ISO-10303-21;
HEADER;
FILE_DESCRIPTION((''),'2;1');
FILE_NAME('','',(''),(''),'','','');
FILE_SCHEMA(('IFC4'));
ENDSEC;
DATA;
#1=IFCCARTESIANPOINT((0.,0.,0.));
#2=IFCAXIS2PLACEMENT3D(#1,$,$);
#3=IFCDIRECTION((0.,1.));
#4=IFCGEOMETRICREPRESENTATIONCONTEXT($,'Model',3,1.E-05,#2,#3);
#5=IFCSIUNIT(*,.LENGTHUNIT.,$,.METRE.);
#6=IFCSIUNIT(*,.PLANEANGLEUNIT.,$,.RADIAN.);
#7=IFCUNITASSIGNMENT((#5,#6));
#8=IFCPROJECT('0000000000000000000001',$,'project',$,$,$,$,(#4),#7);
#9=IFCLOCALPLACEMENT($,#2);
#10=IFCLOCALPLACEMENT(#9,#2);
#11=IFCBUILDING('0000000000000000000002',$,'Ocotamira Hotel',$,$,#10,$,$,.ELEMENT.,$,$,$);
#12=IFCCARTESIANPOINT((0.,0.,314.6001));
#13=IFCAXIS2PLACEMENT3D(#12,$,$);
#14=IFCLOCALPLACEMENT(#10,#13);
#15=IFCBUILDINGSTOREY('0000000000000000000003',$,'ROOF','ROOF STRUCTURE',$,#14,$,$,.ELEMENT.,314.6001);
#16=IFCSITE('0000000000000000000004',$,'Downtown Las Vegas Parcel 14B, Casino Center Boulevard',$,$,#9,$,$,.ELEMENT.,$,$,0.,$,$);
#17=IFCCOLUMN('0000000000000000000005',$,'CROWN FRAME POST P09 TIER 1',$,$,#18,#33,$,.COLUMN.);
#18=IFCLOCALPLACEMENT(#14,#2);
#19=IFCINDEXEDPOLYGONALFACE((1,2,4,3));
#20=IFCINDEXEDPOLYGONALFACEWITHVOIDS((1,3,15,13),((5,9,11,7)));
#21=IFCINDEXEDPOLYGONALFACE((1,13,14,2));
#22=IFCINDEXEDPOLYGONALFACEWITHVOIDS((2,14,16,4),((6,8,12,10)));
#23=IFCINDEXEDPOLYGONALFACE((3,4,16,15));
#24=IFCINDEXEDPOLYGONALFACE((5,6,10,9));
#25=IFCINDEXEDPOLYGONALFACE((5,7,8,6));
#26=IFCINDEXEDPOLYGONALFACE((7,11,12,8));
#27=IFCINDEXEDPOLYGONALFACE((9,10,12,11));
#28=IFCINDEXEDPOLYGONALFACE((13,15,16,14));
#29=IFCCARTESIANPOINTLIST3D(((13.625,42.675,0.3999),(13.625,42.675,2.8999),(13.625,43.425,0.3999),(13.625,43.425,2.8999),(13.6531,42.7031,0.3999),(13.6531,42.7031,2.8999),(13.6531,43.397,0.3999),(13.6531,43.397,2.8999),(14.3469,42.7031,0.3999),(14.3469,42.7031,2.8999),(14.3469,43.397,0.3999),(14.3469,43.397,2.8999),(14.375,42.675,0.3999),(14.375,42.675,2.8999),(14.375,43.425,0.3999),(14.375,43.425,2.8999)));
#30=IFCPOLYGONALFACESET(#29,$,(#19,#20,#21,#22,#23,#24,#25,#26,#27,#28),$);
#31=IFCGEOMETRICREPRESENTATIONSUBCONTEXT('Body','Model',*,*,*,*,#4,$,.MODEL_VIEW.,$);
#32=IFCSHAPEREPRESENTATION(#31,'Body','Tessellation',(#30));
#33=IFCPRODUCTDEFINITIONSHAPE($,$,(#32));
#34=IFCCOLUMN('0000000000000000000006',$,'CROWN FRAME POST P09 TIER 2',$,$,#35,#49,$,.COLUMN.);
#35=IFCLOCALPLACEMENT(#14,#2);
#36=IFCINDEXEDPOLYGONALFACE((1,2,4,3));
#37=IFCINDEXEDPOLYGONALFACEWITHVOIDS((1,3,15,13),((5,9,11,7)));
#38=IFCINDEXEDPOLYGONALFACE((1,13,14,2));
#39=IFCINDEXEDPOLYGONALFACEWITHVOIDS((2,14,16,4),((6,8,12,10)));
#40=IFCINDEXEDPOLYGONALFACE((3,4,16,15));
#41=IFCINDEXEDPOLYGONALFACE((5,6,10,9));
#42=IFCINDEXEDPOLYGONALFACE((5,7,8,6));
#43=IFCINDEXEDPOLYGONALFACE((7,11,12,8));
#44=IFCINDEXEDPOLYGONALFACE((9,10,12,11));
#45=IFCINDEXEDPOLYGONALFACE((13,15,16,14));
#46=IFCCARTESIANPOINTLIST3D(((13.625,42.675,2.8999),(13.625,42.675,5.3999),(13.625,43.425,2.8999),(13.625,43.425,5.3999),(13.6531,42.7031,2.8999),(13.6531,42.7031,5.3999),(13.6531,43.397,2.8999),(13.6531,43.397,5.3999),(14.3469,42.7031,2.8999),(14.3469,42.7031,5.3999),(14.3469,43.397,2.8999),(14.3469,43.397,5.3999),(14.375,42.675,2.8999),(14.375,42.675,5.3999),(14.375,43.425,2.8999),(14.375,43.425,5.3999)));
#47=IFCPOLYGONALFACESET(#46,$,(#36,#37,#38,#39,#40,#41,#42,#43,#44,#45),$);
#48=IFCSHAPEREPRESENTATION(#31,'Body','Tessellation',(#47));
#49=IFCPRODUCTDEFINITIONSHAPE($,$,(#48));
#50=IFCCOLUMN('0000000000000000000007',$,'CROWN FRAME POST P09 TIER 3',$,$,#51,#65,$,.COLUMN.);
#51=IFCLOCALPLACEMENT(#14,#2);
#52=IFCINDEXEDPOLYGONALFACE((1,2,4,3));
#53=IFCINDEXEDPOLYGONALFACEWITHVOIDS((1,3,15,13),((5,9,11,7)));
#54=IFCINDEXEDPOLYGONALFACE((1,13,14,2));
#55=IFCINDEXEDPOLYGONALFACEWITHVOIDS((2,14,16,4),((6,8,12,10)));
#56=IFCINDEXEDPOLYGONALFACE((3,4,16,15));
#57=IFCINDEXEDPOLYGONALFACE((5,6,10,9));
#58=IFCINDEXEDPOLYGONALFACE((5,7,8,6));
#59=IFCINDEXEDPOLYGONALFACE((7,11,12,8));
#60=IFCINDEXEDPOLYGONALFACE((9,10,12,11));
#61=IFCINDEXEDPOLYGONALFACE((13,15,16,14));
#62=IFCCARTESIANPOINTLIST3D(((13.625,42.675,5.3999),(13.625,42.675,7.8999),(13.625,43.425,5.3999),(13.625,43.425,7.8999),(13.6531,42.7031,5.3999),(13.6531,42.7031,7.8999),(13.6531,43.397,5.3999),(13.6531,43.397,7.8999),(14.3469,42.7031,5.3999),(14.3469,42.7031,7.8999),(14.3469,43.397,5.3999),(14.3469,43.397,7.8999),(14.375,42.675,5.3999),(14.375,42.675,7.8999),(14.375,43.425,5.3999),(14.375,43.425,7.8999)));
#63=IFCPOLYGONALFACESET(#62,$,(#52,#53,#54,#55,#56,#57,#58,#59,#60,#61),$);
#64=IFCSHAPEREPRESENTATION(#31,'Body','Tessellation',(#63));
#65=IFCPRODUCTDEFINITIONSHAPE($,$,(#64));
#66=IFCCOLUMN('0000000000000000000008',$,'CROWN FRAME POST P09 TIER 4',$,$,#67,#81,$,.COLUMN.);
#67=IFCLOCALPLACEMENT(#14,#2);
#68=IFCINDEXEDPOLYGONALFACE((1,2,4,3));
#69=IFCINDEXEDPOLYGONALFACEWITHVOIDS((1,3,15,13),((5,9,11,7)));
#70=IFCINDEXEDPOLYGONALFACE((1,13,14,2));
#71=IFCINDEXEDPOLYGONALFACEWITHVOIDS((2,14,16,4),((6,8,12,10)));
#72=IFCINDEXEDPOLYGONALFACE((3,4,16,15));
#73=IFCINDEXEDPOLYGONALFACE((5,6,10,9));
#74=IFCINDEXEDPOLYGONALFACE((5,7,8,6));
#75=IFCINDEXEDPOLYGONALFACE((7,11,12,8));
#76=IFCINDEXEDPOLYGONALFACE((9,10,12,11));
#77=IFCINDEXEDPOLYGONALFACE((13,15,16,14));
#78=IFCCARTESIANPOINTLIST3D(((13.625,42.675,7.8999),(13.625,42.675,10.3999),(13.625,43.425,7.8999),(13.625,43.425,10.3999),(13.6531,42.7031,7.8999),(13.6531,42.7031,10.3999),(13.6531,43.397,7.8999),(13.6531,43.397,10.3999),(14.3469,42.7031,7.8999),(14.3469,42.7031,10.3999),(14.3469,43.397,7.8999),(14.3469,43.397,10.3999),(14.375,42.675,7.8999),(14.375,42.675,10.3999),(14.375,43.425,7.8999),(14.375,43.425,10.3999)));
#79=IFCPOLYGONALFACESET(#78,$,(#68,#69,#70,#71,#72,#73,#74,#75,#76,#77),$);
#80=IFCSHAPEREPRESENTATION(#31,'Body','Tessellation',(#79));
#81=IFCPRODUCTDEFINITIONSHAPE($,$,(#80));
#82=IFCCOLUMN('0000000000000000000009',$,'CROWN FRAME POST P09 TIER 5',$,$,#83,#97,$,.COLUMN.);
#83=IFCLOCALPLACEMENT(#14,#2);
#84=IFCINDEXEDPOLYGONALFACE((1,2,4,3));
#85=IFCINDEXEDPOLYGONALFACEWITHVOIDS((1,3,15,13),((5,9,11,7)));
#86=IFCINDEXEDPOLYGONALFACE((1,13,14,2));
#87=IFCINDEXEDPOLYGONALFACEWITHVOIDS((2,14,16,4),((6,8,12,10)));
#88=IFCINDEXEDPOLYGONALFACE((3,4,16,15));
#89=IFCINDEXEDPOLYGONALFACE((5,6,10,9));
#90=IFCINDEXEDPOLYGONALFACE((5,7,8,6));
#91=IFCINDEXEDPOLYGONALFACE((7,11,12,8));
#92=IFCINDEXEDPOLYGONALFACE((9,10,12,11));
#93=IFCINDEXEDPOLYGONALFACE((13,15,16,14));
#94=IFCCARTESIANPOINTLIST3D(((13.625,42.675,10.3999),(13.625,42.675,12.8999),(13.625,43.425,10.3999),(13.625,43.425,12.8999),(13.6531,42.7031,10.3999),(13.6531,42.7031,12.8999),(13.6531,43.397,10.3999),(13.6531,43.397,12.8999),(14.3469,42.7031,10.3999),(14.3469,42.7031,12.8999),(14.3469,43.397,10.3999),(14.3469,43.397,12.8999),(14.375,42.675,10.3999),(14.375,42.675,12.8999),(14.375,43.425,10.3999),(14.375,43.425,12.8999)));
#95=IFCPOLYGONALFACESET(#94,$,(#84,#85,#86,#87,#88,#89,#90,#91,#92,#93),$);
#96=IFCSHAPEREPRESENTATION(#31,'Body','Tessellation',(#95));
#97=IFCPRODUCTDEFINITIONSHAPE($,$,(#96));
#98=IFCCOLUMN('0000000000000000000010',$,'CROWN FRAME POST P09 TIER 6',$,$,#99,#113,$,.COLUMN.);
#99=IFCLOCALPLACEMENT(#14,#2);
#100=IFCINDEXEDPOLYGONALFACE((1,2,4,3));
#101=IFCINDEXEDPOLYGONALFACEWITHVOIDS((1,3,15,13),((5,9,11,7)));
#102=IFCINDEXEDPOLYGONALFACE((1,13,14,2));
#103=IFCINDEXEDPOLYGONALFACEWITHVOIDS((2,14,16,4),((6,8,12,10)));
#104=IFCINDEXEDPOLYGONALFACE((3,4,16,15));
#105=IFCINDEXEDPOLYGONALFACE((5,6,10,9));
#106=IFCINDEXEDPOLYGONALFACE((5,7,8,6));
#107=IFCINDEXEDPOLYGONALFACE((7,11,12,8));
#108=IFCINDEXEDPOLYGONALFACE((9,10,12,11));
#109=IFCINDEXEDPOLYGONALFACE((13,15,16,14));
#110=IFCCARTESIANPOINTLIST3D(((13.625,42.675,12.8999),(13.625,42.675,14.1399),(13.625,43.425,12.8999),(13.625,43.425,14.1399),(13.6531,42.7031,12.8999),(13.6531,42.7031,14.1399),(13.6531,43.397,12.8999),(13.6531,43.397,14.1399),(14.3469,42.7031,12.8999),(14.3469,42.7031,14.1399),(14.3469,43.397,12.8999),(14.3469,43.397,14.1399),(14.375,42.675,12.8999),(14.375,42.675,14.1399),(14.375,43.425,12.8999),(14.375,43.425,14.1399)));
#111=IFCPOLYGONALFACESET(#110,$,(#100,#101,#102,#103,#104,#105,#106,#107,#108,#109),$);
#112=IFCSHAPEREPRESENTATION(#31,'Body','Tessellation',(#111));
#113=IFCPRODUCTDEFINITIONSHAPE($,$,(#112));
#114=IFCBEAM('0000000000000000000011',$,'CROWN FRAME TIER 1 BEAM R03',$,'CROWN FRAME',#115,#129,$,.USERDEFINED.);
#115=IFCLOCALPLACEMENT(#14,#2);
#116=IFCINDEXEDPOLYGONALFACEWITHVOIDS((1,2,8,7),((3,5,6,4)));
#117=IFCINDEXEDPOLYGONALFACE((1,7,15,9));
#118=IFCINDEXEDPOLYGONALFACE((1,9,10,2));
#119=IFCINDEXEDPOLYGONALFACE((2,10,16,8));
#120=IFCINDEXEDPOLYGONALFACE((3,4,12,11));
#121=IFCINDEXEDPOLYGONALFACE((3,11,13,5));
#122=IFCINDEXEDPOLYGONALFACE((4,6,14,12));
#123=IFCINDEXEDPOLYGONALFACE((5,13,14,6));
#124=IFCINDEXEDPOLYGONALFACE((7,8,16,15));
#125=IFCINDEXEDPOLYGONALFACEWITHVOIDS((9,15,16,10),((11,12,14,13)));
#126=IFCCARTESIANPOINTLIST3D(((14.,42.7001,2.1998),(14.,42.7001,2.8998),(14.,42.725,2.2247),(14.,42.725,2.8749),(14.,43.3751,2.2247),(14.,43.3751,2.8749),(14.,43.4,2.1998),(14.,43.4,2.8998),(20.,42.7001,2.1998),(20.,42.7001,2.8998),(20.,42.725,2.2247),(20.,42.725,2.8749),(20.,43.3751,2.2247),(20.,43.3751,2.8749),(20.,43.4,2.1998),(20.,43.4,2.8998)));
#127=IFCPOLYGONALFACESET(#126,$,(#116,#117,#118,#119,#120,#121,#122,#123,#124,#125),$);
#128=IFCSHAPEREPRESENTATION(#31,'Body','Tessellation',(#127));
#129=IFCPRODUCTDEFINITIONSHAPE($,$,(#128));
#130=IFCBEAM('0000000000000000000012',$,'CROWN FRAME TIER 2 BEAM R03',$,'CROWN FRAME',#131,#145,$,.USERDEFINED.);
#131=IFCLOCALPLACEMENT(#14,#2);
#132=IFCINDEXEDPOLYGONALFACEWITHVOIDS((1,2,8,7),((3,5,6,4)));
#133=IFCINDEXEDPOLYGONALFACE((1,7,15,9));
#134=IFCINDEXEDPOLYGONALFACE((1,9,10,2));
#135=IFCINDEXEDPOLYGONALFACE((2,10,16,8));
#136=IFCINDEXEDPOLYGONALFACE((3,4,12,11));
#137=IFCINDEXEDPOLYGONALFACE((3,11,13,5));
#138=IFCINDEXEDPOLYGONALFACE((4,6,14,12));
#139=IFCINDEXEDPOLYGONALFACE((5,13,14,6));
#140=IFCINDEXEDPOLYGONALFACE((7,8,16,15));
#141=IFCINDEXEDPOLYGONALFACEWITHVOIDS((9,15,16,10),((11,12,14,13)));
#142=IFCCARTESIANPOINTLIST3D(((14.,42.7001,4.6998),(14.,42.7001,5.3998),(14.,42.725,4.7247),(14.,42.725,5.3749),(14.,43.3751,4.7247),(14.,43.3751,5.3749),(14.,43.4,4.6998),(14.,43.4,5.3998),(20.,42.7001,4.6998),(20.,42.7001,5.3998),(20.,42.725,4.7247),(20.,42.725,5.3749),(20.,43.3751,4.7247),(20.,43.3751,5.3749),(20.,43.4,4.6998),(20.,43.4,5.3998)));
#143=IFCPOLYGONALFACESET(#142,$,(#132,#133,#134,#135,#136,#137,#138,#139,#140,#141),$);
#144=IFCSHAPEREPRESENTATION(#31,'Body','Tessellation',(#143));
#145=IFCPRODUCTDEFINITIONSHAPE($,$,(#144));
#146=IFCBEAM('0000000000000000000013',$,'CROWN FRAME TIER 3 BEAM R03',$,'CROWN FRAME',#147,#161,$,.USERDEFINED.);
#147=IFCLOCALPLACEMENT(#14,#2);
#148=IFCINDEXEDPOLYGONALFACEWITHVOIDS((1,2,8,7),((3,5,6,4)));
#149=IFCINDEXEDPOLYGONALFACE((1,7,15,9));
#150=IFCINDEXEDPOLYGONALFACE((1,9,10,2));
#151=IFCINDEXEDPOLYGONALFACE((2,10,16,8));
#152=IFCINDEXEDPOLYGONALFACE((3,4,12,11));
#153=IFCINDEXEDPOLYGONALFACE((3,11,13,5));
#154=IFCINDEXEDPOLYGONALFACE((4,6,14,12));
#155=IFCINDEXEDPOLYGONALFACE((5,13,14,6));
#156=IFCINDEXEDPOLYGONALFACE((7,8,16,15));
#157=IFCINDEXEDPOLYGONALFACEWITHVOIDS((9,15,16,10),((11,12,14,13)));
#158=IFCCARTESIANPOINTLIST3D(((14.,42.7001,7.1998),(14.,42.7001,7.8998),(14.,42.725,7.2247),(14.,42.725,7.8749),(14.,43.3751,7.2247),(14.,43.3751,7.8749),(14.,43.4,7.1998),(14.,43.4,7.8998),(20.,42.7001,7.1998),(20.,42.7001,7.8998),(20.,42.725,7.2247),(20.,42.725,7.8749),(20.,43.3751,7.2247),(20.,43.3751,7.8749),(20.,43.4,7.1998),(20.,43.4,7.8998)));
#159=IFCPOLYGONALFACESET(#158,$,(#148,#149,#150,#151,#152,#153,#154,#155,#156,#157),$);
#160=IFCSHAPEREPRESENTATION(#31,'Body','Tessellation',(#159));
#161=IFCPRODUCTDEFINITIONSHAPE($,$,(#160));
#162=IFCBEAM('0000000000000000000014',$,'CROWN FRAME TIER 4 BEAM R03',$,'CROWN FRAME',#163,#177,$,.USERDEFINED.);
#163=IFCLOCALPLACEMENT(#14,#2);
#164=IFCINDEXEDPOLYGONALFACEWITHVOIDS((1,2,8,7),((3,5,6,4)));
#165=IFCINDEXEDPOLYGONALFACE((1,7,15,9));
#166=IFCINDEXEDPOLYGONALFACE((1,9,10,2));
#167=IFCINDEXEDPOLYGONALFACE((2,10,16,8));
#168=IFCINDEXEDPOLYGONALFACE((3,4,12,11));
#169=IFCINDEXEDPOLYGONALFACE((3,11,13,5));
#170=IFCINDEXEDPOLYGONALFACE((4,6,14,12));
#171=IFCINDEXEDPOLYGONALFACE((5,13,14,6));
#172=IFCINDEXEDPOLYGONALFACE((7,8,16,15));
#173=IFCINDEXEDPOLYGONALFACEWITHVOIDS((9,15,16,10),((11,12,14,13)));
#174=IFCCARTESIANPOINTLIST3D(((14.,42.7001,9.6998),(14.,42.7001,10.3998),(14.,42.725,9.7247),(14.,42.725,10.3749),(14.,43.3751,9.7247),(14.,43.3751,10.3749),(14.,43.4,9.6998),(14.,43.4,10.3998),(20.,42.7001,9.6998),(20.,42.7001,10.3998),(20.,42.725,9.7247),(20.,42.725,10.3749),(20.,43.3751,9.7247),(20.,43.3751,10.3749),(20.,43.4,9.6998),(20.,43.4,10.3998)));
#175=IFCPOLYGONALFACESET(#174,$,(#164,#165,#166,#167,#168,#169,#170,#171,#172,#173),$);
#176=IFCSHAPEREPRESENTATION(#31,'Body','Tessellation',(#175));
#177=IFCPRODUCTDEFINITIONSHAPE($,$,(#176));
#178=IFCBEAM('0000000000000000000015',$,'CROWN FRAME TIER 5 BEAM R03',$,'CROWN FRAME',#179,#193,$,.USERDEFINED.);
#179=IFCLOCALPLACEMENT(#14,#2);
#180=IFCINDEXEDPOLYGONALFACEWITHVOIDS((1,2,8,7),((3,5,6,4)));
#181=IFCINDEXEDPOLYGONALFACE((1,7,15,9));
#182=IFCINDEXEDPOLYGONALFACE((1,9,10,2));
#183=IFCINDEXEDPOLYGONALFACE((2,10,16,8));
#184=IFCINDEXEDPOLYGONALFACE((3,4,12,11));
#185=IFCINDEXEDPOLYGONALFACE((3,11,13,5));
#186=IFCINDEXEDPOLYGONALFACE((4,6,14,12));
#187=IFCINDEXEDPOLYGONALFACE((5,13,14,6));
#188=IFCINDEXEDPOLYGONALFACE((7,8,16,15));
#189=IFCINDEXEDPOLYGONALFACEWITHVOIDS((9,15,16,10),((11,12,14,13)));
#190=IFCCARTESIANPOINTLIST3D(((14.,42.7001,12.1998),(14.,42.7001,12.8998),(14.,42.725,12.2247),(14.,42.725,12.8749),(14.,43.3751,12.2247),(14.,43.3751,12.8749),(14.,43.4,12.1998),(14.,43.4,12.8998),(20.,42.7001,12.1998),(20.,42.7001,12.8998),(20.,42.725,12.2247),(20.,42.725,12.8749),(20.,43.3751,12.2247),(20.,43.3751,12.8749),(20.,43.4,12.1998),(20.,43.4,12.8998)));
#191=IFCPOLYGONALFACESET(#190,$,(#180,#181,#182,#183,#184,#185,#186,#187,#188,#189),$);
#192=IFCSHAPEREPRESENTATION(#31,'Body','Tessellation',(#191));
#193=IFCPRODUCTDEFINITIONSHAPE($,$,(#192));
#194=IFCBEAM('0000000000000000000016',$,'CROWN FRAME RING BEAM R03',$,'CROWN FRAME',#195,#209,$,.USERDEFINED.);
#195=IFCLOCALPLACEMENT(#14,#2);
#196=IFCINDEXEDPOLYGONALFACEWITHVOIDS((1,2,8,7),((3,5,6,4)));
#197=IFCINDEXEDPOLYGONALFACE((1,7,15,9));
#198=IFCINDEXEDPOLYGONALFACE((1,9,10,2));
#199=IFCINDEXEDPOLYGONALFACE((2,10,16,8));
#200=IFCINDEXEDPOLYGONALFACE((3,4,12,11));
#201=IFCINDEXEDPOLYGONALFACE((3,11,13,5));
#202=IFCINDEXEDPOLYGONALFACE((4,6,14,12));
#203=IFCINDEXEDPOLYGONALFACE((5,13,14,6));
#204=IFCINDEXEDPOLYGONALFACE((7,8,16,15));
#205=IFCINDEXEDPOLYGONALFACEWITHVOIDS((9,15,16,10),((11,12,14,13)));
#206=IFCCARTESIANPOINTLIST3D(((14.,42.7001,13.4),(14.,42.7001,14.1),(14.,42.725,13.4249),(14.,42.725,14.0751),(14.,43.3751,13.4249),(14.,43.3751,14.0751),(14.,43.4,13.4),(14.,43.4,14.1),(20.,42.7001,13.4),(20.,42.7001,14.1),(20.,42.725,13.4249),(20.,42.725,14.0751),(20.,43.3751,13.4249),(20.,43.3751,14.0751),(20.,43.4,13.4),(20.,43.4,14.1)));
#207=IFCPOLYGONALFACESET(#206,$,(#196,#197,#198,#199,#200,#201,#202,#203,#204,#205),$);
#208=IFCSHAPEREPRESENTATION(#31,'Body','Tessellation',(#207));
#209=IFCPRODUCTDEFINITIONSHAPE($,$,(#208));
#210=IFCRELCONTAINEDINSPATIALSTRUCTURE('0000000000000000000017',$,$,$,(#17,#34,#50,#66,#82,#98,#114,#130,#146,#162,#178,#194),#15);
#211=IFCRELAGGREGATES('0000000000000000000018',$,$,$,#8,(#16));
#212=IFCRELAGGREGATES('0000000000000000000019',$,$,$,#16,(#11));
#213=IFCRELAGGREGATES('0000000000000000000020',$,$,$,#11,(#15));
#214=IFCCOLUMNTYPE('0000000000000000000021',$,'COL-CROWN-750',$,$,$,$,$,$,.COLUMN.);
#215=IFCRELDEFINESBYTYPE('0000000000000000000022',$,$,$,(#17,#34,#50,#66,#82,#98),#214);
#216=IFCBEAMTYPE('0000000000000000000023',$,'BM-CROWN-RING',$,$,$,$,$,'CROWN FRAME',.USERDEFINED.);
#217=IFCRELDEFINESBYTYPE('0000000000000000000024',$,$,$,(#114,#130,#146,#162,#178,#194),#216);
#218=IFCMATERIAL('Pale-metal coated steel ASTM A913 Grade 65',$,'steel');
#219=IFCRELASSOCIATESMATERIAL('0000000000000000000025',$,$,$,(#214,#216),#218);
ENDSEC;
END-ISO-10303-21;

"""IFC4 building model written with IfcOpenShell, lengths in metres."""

from ifc_helpers import new_model, si_unit, direction, frame, origin, origin_2d, place, context, subcontext, project, spatial, hollow_rectangle, extrude, source, transform, mapped, material, material_profile, profile_set, type_object, element, save


model = new_model("IFC4")

# Units and contexts
model_context = context("Model", 3, precision=1e-05, world=origin(), true_north=direction((0.0, 1.0)))
body_context = subcontext(model_context, "Body", "Model", "MODEL_VIEW")
ifc_project = project(units=[si_unit("LENGTHUNIT", "METRE"), si_unit("PLANEANGLEUNIT", "RADIAN")], contexts=[model_context])

# Site, building, storey
site_placement = place(None, origin())
site = spatial("IfcSite", under=ifc_project, at=site_placement, Name="Downtown Las Vegas Parcel 14B, Casino Center Boulevard", CompositionType="ELEMENT", RefElevation=0.0)
building_placement = place(site_placement, origin())
building = spatial("IfcBuilding", under=site, at=building_placement, Name="Ocotamira Hotel", CompositionType="ELEMENT")
storey_placement = place(building_placement, frame((0.0, 0.0, 314.6001)))
storey = spatial("IfcBuildingStorey", under=building, at=storey_placement, Name="ROOF", Description="ROOF STRUCTURE", CompositionType="ELEMENT", Elevation=314.6001)

# Columns
ifc_material_1 = material(Name="Pale-metal coated steel ASTM A913 Grade 65", Category="steel")
ifc_material_profile_1 = material_profile(ifc_material_1, hollow_rectangle(XDim=0.75, YDim=0.75, WallThickness=0.0281, at=origin_2d()), Name="BOX750X750X28")
ifc_profile_set_1 = profile_set([ifc_material_profile_1], Name="Pale-metal coated steel ASTM A913 Grade 65")
column_type = type_object("IfcColumnType", Name="COL-CROWN-750", PredefinedType="COLUMN", material=ifc_profile_set_1)
shared_shape_1 = source(origin(), body_context, "Body", "SweptSolid", [
    extrude(hollow_rectangle(XDim=0.75, YDim=0.75, WallThickness=0.0281, at=origin_2d()), origin(), (0.0, 0.0, 1.0), 2.5),
])
for number, where, z_axis, x_axis, name in (
    (1, (14.0, 43.05, 0.3999), (0.0, 0.0, 1.0), (1.0, 0.0, 0.0), "CROWN FRAME POST P09 TIER 1"),
    (2, (14.0, 43.05, 2.8999), (0.0, 0.0, 1.0), (1.0, 0.0, 0.0), "CROWN FRAME POST P09 TIER 2"),
    (3, (14.0, 43.05, 5.3999), (0.0, 0.0, 1.0), (1.0, 0.0, 0.0), "CROWN FRAME POST P09 TIER 3"),
    (4, (14.0, 43.05, 7.8999), (0.0, 0.0, 1.0), (1.0, 0.0, 0.0), "CROWN FRAME POST P09 TIER 4"),
    (5, (14.0, 43.05, 10.3999), (0.0, 0.0, 1.0), (1.0, 0.0, 0.0), "CROWN FRAME POST P09 TIER 5"),
):
    element("IfcColumn", number, at=place(storey_placement, frame(where, z_axis=z_axis, x_axis=x_axis)), inside=storey, type_object=column_type, Name=name, PredefinedType="COLUMN", context=body_context, shape_type="MappedRepresentation", body=[
        mapped(shared_shape_1, transform((0.0, 0.0, 0.0), scale=1.0)),
    ])
shared_shape_2 = source(origin(), body_context, "Body", "SweptSolid", [
    extrude(hollow_rectangle(XDim=0.75, YDim=0.75, WallThickness=0.0281, at=origin_2d()), origin(), (0.0, 0.0, 1.0), 1.24),
])
column_placement = place(storey_placement, frame((14.0, 43.05, 12.8999), z_axis=(0.0, 0.0, 1.0), x_axis=(1.0, 0.0, 0.0)))
element("IfcColumn", 6, at=column_placement, inside=storey, type_object=column_type, Name="CROWN FRAME POST P09 TIER 6", PredefinedType="COLUMN", context=body_context, shape_type="MappedRepresentation", body=[
    mapped(shared_shape_2, transform((0.0, 0.0, 0.0), scale=1.0)),
])

# Beams
ifc_material_profile_2 = material_profile(ifc_material_1, hollow_rectangle(XDim=0.7, YDim=0.7, WallThickness=0.0249, at=origin_2d()), Name="BOX700X700X25")
ifc_profile_set_2 = profile_set([ifc_material_profile_2], Name="Pale-metal coated steel ASTM A913 Grade 65")
beam_type = type_object("IfcBeamType", Name="BM-CROWN-RING", ElementType="CROWN FRAME", PredefinedType="USERDEFINED", material=ifc_profile_set_2)
shared_shape_3 = source(origin(), body_context, "Body", "SweptSolid", [
    extrude(hollow_rectangle(XDim=0.7, YDim=0.7, WallThickness=0.0249, at=origin_2d()), origin(), (0.0, 0.0, 1.0), 6.0),
])
for number, where, z_axis, x_axis, name in (
    (7, (14.0, 43.05, 2.5498), (1.0, 0.0, 0.0), (0.0, 1.0, 0.0), "CROWN FRAME TIER 1 BEAM R03"),
    (8, (14.0, 43.05, 5.0498), (1.0, 0.0, 0.0), (0.0, 1.0, 0.0), "CROWN FRAME TIER 2 BEAM R03"),
    (9, (14.0, 43.05, 7.5498), (1.0, 0.0, 0.0), (0.0, 1.0, 0.0), "CROWN FRAME TIER 3 BEAM R03"),
    (10, (14.0, 43.05, 10.0498), (1.0, 0.0, 0.0), (0.0, 1.0, 0.0), "CROWN FRAME TIER 4 BEAM R03"),
    (11, (14.0, 43.05, 12.5498), (1.0, 0.0, 0.0), (0.0, 1.0, 0.0), "CROWN FRAME TIER 5 BEAM R03"),
    (12, (14.0, 43.05, 13.75), (1.0, 0.0, 0.0), (0.0, 1.0, 0.0), "CROWN FRAME RING BEAM R03"),
):
    element("IfcBeam", number, at=place(storey_placement, frame(where, z_axis=z_axis, x_axis=x_axis)), inside=storey, type_object=beam_type, Name=name, ObjectType="CROWN FRAME", PredefinedType="USERDEFINED", context=body_context, shape_type="MappedRepresentation", body=[
        mapped(shared_shape_3, transform((0.0, 0.0, 0.0), scale=1.0)),
    ])

save(model, "model.ifc")
